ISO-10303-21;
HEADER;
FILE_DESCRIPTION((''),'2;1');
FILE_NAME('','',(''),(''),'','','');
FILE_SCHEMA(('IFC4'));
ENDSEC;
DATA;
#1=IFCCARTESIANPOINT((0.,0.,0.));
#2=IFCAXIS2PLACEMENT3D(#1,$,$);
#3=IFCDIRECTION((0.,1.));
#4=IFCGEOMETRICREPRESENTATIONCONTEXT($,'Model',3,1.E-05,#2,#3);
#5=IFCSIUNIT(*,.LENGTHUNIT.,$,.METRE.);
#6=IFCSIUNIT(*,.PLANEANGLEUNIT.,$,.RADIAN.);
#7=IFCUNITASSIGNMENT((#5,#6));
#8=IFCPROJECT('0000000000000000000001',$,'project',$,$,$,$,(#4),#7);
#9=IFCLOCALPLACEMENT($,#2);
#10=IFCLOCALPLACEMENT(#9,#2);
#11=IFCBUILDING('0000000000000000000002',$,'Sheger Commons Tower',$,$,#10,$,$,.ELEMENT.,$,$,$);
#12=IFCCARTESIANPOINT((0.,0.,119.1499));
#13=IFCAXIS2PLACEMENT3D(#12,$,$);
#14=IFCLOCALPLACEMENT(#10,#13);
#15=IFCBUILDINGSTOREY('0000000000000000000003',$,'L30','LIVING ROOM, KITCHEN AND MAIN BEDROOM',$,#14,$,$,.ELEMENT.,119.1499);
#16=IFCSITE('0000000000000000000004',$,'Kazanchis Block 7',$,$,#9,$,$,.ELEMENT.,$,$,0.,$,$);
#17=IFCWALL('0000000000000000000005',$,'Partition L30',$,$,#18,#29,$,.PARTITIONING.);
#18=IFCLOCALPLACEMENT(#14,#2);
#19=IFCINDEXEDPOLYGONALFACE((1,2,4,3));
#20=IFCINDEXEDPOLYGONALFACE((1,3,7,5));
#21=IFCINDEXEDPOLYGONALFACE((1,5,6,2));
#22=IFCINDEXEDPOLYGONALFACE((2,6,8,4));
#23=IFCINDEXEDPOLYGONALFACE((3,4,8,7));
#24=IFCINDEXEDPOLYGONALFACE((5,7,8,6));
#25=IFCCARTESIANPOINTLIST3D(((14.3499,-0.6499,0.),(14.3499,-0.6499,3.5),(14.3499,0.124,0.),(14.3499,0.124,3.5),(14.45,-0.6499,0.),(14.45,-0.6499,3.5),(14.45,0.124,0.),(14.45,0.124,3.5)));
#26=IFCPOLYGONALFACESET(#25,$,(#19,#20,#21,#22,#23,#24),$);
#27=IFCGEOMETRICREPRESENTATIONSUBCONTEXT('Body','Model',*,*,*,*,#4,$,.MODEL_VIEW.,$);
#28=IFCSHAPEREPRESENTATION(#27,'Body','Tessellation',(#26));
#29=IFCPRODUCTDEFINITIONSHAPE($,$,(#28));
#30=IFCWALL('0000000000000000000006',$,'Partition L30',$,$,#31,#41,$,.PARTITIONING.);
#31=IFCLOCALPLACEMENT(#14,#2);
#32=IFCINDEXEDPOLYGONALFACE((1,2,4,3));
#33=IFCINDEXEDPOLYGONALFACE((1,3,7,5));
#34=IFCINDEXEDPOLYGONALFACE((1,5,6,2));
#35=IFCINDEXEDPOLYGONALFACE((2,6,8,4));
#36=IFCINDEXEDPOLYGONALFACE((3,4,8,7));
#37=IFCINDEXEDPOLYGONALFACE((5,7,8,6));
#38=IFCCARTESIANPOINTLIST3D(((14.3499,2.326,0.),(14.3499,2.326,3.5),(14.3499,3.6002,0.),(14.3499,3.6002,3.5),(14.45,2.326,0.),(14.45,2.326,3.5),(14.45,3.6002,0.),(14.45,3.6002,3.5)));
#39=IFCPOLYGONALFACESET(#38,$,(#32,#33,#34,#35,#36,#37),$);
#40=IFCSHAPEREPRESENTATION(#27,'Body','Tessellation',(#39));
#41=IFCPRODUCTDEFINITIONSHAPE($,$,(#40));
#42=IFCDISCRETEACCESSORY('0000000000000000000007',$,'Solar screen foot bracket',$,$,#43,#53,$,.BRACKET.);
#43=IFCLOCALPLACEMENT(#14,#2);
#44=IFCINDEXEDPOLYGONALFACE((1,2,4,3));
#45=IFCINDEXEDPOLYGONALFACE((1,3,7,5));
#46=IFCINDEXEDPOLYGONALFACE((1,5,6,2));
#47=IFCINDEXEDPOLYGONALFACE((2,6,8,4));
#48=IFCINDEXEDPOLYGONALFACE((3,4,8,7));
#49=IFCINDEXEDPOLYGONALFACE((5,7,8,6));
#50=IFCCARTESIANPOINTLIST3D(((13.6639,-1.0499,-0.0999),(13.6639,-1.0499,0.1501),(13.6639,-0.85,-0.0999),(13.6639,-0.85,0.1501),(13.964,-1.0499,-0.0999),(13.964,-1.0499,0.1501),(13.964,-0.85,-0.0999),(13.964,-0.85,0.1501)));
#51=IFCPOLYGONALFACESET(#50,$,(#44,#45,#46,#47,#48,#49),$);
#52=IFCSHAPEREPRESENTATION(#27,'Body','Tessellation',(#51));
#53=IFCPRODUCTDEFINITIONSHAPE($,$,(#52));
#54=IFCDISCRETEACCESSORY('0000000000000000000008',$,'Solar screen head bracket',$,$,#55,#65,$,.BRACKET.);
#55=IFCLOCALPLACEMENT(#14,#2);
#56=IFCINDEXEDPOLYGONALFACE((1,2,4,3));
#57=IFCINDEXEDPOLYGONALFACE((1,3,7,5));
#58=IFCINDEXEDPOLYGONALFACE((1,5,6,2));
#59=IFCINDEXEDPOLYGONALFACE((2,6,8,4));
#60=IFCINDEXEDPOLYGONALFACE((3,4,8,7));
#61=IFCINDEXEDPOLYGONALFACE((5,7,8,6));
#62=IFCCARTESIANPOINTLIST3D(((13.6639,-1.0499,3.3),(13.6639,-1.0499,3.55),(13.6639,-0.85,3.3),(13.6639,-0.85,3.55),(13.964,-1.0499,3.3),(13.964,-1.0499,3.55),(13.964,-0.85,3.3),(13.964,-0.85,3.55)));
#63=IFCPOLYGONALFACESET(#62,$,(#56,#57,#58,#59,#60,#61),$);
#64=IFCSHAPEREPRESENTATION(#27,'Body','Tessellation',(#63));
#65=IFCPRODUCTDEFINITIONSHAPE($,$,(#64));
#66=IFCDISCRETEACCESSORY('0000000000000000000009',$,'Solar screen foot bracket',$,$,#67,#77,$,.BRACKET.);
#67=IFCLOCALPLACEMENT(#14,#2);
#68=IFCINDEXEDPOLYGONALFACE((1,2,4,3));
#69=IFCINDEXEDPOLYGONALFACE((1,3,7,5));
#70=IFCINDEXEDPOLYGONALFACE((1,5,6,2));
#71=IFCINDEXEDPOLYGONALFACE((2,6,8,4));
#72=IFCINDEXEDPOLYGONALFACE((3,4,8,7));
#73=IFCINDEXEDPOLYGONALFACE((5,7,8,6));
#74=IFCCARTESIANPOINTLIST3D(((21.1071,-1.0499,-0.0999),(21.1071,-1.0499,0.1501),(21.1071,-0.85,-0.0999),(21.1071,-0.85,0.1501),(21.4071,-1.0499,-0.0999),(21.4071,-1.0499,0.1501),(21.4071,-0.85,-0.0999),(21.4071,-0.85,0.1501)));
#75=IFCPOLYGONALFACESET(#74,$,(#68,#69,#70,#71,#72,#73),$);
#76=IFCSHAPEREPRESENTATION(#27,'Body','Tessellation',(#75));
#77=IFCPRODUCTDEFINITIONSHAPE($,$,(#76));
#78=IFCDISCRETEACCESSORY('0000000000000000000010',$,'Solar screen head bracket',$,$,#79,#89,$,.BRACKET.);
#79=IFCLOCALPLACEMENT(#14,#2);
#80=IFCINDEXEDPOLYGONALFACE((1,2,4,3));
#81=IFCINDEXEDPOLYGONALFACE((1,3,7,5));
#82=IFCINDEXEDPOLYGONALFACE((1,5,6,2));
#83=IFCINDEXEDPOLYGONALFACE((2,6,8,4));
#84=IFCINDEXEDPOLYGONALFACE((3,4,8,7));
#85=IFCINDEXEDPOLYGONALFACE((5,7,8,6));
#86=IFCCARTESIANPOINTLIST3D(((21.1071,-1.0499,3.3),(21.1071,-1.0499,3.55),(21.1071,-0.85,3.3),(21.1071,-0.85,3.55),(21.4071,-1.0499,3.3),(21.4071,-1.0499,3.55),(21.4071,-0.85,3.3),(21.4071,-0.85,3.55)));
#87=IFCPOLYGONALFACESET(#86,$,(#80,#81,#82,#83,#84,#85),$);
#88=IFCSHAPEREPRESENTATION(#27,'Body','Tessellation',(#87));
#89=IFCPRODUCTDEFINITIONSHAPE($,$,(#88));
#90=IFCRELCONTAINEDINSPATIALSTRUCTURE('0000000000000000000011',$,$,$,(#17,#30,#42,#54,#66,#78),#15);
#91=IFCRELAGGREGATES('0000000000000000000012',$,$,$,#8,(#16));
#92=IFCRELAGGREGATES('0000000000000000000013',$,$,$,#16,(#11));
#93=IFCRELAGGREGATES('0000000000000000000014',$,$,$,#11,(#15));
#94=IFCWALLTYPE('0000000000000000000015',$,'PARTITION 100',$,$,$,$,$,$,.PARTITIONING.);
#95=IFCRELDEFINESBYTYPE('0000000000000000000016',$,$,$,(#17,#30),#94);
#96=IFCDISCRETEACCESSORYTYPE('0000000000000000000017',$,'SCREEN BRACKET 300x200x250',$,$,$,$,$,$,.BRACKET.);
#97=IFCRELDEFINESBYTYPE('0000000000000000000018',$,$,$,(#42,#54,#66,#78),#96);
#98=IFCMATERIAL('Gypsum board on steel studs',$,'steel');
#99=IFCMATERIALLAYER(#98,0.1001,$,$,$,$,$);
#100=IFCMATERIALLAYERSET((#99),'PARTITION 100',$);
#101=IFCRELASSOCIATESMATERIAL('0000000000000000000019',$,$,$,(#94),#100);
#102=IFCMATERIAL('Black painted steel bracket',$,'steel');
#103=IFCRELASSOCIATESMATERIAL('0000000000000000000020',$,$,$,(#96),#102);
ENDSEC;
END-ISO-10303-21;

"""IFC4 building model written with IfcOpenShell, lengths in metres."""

from ifc_helpers import new_model, si_unit, direction, frame, frame_2d, origin, origin_2d, place, context, subcontext, project, spatial, rectangle, extrude, material, layer, layer_set, type_object, element, save


model = new_model("IFC4")

# Units and contexts
model_context = context("Model", 3, precision=1e-05, world=origin(), true_north=direction((0.0, 1.0)))
body_context = subcontext(model_context, "Body", "Model", "MODEL_VIEW")
ifc_project = project(units=[si_unit("LENGTHUNIT", "METRE"), si_unit("PLANEANGLEUNIT", "RADIAN")], contexts=[model_context])

# Site, building, storey
site_placement = place(None, origin())
site = spatial("IfcSite", under=ifc_project, at=site_placement, Name="Kazanchis Block 7", CompositionType="ELEMENT", RefElevation=0.0)
building_placement = place(site_placement, origin())
building = spatial("IfcBuilding", under=site, at=building_placement, Name="Sheger Commons Tower", CompositionType="ELEMENT")
storey_placement = place(building_placement, frame((0.0, 0.0, 119.1499)))
storey = spatial("IfcBuildingStorey", under=building, at=storey_placement, Name="L30", Description="LIVING ROOM, KITCHEN AND MAIN BEDROOM", CompositionType="ELEMENT", Elevation=119.1499)

# Shared definitions
ifc_material_1 = material(Name="Gypsum board on steel studs", Category="steel")
ifc_layer_1 = layer(ifc_material_1, 0.1001)
ifc_layer_set_1 = layer_set([ifc_layer_1], Name="PARTITION 100")
wall_type_1 = type_object("IfcWallType", Name="PARTITION 100", PredefinedType="PARTITIONING", material=ifc_layer_set_1)

# Walls
wall_1_placement = place(storey_placement, frame((14.3999, -0.6499, 0.0), z_axis=(0.0, 0.0, 1.0), x_axis=(0.0, 1.0, 0.0)))
element("IfcWall", 1, at=wall_1_placement, inside=storey, type_object=wall_type_1, Name="Partition L30", PredefinedType="PARTITIONING", context=body_context, shape_type="SweptSolid", body=[
    extrude(rectangle(XDim=0.7739, YDim=0.1001, at=frame_2d((0.387, 0.0))), origin(), (0.0, 0.0, 1.0), 3.5),
])
wall_2_placement = place(storey_placement, frame((14.3999, 2.3259, 0.0), z_axis=(0.0, 0.0, 1.0), x_axis=(0.0, 1.0, 0.0)))
element("IfcWall", 2, at=wall_2_placement, inside=storey, type_object=wall_type_1, Name="Partition L30", PredefinedType="PARTITIONING", context=body_context, shape_type="SweptSolid", body=[
    extrude(rectangle(XDim=1.2742, YDim=0.1001, at=frame_2d((0.6372, 0.0))), origin(), (0.0, 0.0, 1.0), 3.5),
])

# Discrete accessories
ifc_material_2 = material(Name="Black painted steel bracket", Category="steel")
discrete_accessory_type = type_object("IfcDiscreteAccessoryType", Name="SCREEN BRACKET 300x200x250", PredefinedType="BRACKET", material=ifc_material_2)
for number, where, z_axis, x_axis, name in (
    (3, (13.814, -0.95, -0.0999), (0.0, 0.0, 1.0), (1.0, 0.0, 0.0), "Solar screen foot bracket"),
    (4, (13.814, -0.95, 3.3), (0.0, 0.0, 1.0), (1.0, 0.0, 0.0), "Solar screen head bracket"),
    (5, (21.2571, -0.95, -0.0999), (0.0, 0.0, 1.0), (1.0, 0.0, 0.0), "Solar screen foot bracket"),
    (6, (21.2571, -0.95, 3.3), (0.0, 0.0, 1.0), (1.0, 0.0, 0.0), "Solar screen head bracket"),
):
    element("IfcDiscreteAccessory", number, at=place(storey_placement, frame(where, z_axis=z_axis, x_axis=x_axis)), inside=storey, type_object=discrete_accessory_type, Name=name, PredefinedType="BRACKET", context=body_context, shape_type="SweptSolid", body=[
        extrude(rectangle(XDim=0.3, YDim=0.2, at=origin_2d()), origin(), (0.0, 0.0, 1.0), 0.25),
    ])

save(model, "model.ifc")
